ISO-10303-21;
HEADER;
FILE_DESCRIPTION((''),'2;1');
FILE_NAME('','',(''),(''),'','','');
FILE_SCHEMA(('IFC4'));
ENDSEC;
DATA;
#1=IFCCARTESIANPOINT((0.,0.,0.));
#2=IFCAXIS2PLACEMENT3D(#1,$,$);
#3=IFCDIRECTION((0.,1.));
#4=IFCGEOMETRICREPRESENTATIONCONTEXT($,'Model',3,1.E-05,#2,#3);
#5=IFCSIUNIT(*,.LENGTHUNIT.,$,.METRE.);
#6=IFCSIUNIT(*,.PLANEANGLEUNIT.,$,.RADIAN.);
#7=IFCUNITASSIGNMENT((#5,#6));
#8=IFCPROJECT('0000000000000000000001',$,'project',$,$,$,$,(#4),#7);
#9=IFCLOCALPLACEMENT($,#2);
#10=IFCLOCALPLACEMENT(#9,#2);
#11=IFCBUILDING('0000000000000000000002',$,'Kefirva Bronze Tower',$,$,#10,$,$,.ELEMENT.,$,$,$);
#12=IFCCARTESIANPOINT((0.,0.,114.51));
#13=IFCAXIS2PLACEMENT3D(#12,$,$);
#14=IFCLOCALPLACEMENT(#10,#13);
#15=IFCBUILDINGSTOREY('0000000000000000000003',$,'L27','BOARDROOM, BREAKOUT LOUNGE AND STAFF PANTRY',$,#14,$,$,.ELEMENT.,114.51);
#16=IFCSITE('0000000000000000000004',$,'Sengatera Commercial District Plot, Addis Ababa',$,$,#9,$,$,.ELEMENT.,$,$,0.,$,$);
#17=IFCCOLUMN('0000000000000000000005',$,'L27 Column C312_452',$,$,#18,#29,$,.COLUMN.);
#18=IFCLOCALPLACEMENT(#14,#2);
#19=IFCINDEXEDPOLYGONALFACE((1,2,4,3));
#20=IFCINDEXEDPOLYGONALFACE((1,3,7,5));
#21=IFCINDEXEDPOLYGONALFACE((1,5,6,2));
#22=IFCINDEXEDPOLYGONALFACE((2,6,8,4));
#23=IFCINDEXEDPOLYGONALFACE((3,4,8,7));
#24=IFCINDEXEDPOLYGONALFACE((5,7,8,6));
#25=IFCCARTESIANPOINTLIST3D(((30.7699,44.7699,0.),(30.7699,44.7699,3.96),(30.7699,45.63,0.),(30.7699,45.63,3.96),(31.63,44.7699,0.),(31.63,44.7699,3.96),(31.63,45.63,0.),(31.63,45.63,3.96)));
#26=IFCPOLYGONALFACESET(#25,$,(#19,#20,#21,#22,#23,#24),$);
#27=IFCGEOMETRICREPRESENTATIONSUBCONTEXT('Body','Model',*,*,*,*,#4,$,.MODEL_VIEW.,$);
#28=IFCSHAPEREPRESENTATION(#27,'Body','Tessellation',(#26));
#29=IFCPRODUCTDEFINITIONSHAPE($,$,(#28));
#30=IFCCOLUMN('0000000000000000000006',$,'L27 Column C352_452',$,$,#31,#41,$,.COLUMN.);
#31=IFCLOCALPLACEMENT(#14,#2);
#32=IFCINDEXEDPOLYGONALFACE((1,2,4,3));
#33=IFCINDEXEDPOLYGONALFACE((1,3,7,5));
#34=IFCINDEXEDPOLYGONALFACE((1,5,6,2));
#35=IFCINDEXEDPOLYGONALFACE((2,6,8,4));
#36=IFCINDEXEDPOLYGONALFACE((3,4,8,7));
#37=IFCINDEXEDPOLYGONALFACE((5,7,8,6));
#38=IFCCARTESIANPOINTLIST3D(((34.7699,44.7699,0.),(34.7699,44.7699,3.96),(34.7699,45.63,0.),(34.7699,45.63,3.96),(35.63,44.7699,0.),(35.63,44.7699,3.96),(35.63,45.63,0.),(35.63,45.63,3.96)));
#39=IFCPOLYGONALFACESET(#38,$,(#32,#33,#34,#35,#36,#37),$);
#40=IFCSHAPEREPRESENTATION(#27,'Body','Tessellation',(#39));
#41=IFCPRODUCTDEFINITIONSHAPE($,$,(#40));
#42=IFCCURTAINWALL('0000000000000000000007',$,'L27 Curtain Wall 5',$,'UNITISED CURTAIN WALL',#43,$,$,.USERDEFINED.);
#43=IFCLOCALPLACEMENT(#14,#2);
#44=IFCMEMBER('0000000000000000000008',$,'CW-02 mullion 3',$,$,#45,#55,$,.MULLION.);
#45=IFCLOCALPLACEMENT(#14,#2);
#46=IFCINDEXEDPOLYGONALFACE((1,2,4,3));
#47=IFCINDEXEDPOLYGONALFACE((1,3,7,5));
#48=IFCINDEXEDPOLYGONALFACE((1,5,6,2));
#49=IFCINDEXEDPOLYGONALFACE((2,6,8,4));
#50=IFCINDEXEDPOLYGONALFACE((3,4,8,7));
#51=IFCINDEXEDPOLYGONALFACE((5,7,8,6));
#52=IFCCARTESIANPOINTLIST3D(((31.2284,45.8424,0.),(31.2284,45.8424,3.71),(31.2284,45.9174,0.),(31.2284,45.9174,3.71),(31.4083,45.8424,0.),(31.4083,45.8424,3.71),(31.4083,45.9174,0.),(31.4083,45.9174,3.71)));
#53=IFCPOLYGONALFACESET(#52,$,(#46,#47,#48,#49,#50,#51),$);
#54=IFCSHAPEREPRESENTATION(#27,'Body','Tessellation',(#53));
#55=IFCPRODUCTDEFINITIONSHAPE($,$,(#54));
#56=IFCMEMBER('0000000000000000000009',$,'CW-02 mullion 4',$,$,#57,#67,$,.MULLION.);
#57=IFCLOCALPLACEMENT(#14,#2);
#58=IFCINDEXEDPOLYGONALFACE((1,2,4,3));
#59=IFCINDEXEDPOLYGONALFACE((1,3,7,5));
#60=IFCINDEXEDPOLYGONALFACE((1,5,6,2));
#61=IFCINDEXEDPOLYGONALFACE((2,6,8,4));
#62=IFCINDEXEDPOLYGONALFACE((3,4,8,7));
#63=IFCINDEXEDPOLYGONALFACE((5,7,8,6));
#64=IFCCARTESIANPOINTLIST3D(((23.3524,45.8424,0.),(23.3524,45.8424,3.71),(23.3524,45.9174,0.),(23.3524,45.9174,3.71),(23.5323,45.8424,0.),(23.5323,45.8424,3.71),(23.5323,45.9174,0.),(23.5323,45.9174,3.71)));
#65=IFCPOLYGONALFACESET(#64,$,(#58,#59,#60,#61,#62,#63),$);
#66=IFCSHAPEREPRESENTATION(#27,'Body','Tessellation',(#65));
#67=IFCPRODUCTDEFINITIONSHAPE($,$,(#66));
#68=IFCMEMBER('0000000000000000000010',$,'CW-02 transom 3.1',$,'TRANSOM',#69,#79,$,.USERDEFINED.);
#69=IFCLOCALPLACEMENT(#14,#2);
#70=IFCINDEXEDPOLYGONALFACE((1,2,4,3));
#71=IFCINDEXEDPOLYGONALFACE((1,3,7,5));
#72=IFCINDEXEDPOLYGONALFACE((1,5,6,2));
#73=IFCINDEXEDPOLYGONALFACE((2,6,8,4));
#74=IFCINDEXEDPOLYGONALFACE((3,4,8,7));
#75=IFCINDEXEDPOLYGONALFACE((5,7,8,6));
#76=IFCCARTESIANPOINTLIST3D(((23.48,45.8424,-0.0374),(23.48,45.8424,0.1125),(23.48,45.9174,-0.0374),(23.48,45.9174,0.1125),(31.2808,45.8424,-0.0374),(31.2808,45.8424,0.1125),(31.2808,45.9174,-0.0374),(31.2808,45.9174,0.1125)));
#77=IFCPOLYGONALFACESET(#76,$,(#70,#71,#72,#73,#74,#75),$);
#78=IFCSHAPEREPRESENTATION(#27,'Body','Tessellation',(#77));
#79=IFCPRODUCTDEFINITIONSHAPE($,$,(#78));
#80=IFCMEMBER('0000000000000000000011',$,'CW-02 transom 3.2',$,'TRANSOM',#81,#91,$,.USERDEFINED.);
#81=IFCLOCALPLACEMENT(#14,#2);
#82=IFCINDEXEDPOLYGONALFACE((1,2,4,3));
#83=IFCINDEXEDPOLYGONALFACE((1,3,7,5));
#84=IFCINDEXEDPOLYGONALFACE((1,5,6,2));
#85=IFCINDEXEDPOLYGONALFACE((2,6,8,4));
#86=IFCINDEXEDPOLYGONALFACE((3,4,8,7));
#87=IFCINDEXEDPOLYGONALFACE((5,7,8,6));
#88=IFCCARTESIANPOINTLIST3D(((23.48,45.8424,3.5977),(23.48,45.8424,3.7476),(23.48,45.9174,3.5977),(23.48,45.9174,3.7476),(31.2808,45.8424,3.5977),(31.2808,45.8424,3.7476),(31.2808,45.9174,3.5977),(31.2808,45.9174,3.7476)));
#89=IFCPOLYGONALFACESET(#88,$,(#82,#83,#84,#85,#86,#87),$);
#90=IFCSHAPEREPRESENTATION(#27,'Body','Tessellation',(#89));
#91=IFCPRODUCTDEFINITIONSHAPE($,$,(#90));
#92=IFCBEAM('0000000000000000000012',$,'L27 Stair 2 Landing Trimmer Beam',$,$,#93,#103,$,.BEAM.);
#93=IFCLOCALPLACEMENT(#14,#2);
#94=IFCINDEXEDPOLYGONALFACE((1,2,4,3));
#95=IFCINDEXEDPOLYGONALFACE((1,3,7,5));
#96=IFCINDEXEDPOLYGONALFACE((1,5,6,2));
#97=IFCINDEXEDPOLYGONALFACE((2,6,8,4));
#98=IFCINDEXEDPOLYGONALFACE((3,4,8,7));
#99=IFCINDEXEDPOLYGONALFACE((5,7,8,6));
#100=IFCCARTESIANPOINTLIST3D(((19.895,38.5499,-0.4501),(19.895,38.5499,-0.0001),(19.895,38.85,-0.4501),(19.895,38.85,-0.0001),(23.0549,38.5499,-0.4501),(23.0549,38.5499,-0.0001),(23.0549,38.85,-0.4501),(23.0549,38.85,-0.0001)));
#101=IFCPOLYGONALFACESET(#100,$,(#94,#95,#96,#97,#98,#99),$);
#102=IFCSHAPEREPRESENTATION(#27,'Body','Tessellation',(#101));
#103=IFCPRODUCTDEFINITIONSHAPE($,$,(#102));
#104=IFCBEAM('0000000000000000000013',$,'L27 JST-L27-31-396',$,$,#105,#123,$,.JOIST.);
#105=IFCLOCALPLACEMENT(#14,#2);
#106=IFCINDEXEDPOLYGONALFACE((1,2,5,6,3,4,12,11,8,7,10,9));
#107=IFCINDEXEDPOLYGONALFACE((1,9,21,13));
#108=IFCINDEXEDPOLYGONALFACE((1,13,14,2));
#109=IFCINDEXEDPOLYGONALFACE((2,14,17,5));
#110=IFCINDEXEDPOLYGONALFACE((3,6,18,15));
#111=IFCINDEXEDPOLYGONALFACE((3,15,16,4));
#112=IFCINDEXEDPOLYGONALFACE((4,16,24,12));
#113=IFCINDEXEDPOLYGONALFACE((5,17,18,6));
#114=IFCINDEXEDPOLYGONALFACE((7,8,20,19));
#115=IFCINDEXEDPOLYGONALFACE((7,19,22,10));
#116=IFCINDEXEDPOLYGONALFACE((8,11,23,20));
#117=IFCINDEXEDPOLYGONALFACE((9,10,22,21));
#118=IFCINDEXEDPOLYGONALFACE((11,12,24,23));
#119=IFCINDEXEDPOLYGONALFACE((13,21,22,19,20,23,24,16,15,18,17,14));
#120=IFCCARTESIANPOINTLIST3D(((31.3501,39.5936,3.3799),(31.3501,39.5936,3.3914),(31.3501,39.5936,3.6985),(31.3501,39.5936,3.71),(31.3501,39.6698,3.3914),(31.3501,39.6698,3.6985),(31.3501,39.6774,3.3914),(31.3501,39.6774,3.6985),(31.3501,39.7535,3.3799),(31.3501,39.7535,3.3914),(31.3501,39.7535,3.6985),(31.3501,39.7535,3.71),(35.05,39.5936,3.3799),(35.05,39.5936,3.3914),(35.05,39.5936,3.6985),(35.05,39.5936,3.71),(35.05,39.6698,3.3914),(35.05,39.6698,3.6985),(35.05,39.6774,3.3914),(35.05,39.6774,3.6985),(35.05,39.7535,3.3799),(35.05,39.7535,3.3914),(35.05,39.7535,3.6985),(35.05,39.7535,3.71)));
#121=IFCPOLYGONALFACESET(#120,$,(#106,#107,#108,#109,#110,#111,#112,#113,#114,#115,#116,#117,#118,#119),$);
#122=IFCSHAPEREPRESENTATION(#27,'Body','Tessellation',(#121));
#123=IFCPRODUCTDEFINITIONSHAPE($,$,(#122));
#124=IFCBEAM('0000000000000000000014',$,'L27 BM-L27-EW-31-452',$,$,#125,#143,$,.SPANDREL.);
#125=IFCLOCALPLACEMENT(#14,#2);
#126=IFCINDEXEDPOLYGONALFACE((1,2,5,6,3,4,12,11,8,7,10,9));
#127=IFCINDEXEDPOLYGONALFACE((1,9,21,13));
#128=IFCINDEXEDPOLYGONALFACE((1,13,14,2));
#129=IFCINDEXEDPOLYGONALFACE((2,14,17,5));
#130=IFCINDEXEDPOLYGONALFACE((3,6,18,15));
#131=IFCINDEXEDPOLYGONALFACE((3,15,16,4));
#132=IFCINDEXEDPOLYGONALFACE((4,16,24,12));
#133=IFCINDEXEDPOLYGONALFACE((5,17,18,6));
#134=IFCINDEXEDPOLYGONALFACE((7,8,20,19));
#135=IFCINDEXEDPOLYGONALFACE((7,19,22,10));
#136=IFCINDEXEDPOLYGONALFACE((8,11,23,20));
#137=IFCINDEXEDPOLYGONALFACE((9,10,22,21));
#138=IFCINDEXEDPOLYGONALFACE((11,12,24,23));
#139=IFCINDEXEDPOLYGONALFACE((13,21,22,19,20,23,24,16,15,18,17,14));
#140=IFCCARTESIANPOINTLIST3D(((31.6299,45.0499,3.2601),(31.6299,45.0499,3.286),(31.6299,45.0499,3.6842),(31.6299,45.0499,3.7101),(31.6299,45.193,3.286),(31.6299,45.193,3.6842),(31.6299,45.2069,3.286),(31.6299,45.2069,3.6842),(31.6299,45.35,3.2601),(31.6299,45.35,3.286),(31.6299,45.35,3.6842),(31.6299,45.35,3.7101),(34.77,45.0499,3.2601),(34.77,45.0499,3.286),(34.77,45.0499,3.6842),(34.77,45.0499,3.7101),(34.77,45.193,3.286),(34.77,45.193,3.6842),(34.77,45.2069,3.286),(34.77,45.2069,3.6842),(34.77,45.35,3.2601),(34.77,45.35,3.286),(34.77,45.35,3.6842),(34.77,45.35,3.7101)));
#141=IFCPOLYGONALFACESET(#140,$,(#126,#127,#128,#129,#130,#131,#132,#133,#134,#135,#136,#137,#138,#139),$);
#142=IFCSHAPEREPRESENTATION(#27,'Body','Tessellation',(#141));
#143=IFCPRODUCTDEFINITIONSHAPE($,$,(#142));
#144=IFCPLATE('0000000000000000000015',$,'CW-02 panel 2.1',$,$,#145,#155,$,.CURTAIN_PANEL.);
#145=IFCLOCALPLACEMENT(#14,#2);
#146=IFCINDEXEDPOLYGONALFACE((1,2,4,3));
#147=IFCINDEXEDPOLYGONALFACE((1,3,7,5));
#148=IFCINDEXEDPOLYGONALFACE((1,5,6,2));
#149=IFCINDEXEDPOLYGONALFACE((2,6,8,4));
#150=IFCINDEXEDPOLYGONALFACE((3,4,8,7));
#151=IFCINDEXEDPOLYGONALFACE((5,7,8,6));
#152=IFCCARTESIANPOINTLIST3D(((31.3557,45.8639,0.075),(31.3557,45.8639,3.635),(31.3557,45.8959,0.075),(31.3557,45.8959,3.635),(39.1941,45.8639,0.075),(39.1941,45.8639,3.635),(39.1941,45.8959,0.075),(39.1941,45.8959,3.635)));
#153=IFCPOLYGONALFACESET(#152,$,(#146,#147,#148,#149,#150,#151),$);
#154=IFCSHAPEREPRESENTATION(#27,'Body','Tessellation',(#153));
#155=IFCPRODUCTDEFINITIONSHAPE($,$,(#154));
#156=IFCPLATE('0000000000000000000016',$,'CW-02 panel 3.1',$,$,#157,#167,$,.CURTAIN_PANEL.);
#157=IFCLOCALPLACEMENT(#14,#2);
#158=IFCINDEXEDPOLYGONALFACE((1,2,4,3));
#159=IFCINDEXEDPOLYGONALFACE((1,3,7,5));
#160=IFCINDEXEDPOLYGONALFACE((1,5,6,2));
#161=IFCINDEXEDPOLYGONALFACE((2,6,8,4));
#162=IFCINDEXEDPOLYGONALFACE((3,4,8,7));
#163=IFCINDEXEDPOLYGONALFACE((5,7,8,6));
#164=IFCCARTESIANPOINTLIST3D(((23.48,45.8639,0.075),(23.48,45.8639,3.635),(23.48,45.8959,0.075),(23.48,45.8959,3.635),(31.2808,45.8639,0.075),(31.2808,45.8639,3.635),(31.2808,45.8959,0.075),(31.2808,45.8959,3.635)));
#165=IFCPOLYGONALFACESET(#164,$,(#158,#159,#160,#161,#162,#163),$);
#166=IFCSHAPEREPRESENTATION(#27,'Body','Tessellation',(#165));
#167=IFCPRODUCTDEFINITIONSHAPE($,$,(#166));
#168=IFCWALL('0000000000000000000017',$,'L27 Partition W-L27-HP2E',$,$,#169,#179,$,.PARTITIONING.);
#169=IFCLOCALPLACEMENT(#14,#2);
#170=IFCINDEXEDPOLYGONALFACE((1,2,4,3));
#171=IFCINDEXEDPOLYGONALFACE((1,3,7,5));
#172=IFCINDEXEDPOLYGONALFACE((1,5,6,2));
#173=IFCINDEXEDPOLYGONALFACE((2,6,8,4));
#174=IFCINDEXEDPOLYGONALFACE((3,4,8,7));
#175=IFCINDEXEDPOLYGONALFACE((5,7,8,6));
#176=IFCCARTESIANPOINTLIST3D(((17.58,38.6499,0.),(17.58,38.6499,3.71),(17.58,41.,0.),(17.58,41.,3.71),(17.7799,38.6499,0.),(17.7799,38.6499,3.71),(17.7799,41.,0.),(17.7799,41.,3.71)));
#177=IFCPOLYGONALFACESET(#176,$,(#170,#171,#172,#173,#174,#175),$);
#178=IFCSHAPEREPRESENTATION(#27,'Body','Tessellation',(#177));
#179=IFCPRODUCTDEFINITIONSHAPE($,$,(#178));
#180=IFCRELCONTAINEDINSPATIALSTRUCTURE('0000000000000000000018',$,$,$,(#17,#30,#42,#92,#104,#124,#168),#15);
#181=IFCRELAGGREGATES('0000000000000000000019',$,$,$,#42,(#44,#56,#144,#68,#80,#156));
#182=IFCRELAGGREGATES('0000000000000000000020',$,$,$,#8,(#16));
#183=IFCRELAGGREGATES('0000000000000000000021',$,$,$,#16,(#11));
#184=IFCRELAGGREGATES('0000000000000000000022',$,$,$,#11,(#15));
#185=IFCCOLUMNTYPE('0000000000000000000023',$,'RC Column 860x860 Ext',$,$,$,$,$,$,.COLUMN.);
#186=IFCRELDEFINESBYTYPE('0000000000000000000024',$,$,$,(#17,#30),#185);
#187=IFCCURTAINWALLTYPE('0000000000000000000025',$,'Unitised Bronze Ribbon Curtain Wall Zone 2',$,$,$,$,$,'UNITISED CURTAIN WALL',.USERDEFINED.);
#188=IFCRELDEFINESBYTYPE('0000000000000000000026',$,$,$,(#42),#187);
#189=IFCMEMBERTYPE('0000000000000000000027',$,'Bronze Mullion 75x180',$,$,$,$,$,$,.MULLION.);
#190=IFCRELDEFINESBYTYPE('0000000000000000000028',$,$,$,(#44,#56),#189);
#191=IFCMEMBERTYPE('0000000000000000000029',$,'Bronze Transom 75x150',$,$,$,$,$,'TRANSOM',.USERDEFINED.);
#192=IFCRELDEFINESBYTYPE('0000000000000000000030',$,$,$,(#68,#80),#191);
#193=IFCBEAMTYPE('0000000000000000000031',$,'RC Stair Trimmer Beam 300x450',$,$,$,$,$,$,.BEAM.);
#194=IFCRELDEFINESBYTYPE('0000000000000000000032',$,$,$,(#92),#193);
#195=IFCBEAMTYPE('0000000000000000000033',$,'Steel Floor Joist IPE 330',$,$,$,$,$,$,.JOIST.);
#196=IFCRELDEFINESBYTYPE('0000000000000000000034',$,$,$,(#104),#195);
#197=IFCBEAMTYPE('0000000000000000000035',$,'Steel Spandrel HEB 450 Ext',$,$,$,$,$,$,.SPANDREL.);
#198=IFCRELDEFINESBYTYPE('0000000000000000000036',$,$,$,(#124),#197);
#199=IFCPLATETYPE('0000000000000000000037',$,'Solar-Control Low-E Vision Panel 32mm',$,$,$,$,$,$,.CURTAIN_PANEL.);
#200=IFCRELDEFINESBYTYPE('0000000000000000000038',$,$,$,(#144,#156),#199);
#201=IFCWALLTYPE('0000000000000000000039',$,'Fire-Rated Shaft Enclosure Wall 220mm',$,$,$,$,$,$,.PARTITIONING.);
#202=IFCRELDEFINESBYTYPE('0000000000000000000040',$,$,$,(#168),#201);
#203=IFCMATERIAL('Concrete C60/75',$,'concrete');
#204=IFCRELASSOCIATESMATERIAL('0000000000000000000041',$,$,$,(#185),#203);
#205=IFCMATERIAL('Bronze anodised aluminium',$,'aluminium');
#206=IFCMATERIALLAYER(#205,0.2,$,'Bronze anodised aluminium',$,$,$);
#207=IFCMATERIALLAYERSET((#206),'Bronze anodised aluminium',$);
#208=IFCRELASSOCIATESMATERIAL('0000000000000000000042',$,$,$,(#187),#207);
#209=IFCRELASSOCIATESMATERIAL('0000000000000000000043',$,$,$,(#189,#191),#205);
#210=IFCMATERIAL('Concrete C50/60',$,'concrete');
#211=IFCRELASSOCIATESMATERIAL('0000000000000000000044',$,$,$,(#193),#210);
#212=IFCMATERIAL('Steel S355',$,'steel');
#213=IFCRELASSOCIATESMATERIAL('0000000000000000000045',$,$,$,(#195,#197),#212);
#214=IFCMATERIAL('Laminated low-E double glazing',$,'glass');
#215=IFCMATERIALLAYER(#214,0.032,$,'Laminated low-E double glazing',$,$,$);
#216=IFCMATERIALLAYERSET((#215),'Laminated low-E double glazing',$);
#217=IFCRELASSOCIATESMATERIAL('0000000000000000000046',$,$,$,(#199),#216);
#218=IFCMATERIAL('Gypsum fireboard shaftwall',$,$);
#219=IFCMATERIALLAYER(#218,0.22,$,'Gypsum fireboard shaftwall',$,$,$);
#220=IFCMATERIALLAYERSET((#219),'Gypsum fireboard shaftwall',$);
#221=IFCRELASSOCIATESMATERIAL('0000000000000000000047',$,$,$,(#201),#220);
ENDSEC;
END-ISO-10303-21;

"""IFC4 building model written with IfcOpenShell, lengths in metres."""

from ifc_helpers import new_model, si_unit, direction, frame, frame_2d, origin, origin_2d, place, context, subcontext, project, spatial, rectangle, i_section, extrude, material, layer, layer_set, material_profile, profile_set, type_object, element, aggregate, save


model = new_model("IFC4")

# Units and contexts
model_context = context("Model", 3, precision=1e-05, world=origin(), true_north=direction((0.0, 1.0)))
body_context = subcontext(model_context, "Body", "Model", "MODEL_VIEW")
ifc_project = project(units=[si_unit("LENGTHUNIT", "METRE"), si_unit("PLANEANGLEUNIT", "RADIAN")], contexts=[model_context])

# Site, building, storey
site_placement = place(None, origin())
site = spatial("IfcSite", under=ifc_project, at=site_placement, Name="Sengatera Commercial District Plot, Addis Ababa", CompositionType="ELEMENT", RefElevation=0.0)
building_placement = place(site_placement, origin())
building = spatial("IfcBuilding", under=site, at=building_placement, Name="Kefirva Bronze Tower", CompositionType="ELEMENT")
storey_placement = place(building_placement, frame((0.0, 0.0, 114.51)))
storey = spatial("IfcBuildingStorey", under=building, at=storey_placement, Name="L27", Description="BOARDROOM, BREAKOUT LOUNGE AND STAFF PANTRY", CompositionType="ELEMENT", Elevation=114.51)

# Columns
ifc_material_1 = material(Name="Concrete C60/75", Category="concrete")
ifc_material_profile_1 = material_profile(ifc_material_1, rectangle(XDim=0.8601, YDim=0.8601, at=origin_2d()), Name="RC 860x860")
ifc_profile_set_1 = profile_set([ifc_material_profile_1], Name="Concrete C60/75")
column_type = type_object("IfcColumnType", Name="RC Column 860x860 Ext", PredefinedType="COLUMN", material=ifc_profile_set_1)
for number, where, z_axis, x_axis, name in (
    (1, (31.2, 45.2, 0.0), (0.0, 0.0, 1.0), (1.0, 0.0, 0.0), "L27 Column C312_452"),
    (2, (35.2, 45.2, 0.0), (0.0, 0.0, 1.0), (1.0, 0.0, 0.0), "L27 Column C352_452"),
):
    element("IfcColumn", number, at=place(storey_placement, frame(where, z_axis=z_axis, x_axis=x_axis)), inside=storey, type_object=column_type, Name=name, PredefinedType="COLUMN", context=body_context, shape_type="SweptSolid", body=[
        extrude(rectangle(XDim=0.8601, YDim=0.8601, at=origin_2d()), origin(), (0.0, 0.0, 1.0), 3.96),
    ])

# Curtain wall, members
ifc_material_2 = material(Name="Bronze anodised aluminium", Category="aluminium")
ifc_layer_1 = layer(ifc_material_2, 0.2, Name="Bronze anodised aluminium")
ifc_layer_set_1 = layer_set([ifc_layer_1], Name="Bronze anodised aluminium")
curtain_wall_type = type_object("IfcCurtainWallType", Name="Unitised Bronze Ribbon Curtain Wall Zone 2", ElementType="UNITISED CURTAIN WALL", PredefinedType="USERDEFINED", material=ifc_layer_set_1)
curtain_wall_placement = place(storey_placement, origin())
curtain_wall = element("IfcCurtainWall", 3, at=curtain_wall_placement, inside=storey, type_object=curtain_wall_type, Name="L27 Curtain Wall 5", ObjectType="UNITISED CURTAIN WALL", PredefinedType="USERDEFINED")
ifc_material_profile_2 = material_profile(ifc_material_2, rectangle(XDim=0.075, YDim=0.1799, at=origin_2d()), Name="ALU 75x180")
ifc_profile_set_2 = profile_set([ifc_material_profile_2], Name="Bronze anodised aluminium")
member_type_1 = type_object("IfcMemberType", Name="Bronze Mullion 75x180", PredefinedType="MULLION", material=ifc_profile_set_2)
member_1_placement = place(storey_placement, frame((31.3184, 45.8799, 0.0), z_axis=(0.0, 0.0, 1.0), x_axis=(0.0, -1.0, 0.0)))
member_1 = element("IfcMember", 4, at=member_1_placement, type_object=member_type_1, Name="CW-02 mullion 3", PredefinedType="MULLION", context=body_context, shape_type="SweptSolid", body=[
    extrude(rectangle(XDim=0.075, YDim=0.1799, at=origin_2d()), origin(), (0.0, 0.0, 1.0), 3.71),
])
member_2_placement = place(storey_placement, frame((23.4424, 45.8799, 0.0), z_axis=(0.0, 0.0, 1.0), x_axis=(0.0, -1.0, 0.0)))
member_2 = element("IfcMember", 5, at=member_2_placement, type_object=member_type_1, Name="CW-02 mullion 4", PredefinedType="MULLION", context=body_context, shape_type="SweptSolid", body=[
    extrude(rectangle(XDim=0.075, YDim=0.1799, at=origin_2d()), origin(), (0.0, 0.0, 1.0), 3.71),
])
ifc_material_profile_3 = material_profile(ifc_material_2, rectangle(XDim=0.075, YDim=0.1499, at=origin_2d()), Name="ALU 75x150")
ifc_profile_set_3 = profile_set([ifc_material_profile_3], Name="Bronze anodised aluminium")
member_type_2 = type_object("IfcMemberType", Name="Bronze Transom 75x150", ElementType="TRANSOM", PredefinedType="USERDEFINED", material=ifc_profile_set_3)
member_3_placement = place(storey_placement, frame((31.2808, 45.8799, 0.0376), z_axis=(-1.0, 0.0, 0.0), x_axis=(0.0, -1.0, 0.0)))
member_3 = element("IfcMember", 6, at=member_3_placement, type_object=member_type_2, Name="CW-02 transom 3.1", ObjectType="TRANSOM", PredefinedType="USERDEFINED", context=body_context, shape_type="SweptSolid", body=[
    extrude(rectangle(XDim=0.075, YDim=0.1499, at=origin_2d()), origin(), (0.0, 0.0, 1.0), 7.8008),
])
member_4_placement = place(storey_placement, frame((31.2808, 45.8799, 3.6726), z_axis=(-1.0, 0.0, 0.0), x_axis=(0.0, -1.0, 0.0)))
member_4 = element("IfcMember", 7, at=member_4_placement, type_object=member_type_2, Name="CW-02 transom 3.2", ObjectType="TRANSOM", PredefinedType="USERDEFINED", context=body_context, shape_type="SweptSolid", body=[
    extrude(rectangle(XDim=0.075, YDim=0.1499, at=origin_2d()), origin(), (0.0, 0.0, 1.0), 7.8008),
])

# Beams
ifc_material_3 = material(Name="Concrete C50/60", Category="concrete")
ifc_material_profile_4 = material_profile(ifc_material_3, rectangle(XDim=0.3, YDim=0.45, at=origin_2d()), Name="RC 300x450")
ifc_profile_set_4 = profile_set([ifc_material_profile_4], Name="Concrete C50/60")
beam_type_1 = type_object("IfcBeamType", Name="RC Stair Trimmer Beam 300x450", PredefinedType="BEAM", material=ifc_profile_set_4)
beam_1_placement = place(storey_placement, frame((19.895, 38.7, -0.2251), z_axis=(1.0, 0.0, 0.0), x_axis=(0.0, 1.0, 0.0)))
element("IfcBeam", 8, at=beam_1_placement, inside=storey, type_object=beam_type_1, Name="L27 Stair 2 Landing Trimmer Beam", PredefinedType="BEAM", context=body_context, shape_type="SweptSolid", body=[
    extrude(rectangle(XDim=0.3, YDim=0.45, at=origin_2d()), origin(), (0.0, 0.0, 1.0), 3.1599),
])
ifc_material_4 = material(Name="Steel S355", Category="steel")
ifc_material_profile_5 = material_profile(ifc_material_4, i_section(OverallWidth=0.1599, OverallDepth=0.3301, WebThickness=0.0076, FlangeThickness=0.0115, at=origin_2d()), Name="IPE 330")
ifc_profile_set_5 = profile_set([ifc_material_profile_5], Name="Steel S355")
beam_type_2 = type_object("IfcBeamType", Name="Steel Floor Joist IPE 330", PredefinedType="JOIST", material=ifc_profile_set_5)
beam_2_placement = place(storey_placement, frame((31.3501, 39.6736, 3.5449), z_axis=(1.0, 0.0, 0.0), x_axis=(0.0, 1.0, 0.0)))
element("IfcBeam", 9, at=beam_2_placement, inside=storey, type_object=beam_type_2, Name="L27 JST-L27-31-396", PredefinedType="JOIST", context=body_context, shape_type="SweptSolid", body=[
    extrude(i_section(OverallWidth=0.1599, OverallDepth=0.3301, WebThickness=0.0076, FlangeThickness=0.0115, at=origin_2d()), origin(), (0.0, 0.0, 1.0), 3.7),
])
ifc_material_profile_6 = material_profile(ifc_material_4, i_section(OverallWidth=0.3, OverallDepth=0.45, WebThickness=0.0139, FlangeThickness=0.0259, at=origin_2d()), Name="HEB 450")
ifc_profile_set_6 = profile_set([ifc_material_profile_6], Name="Steel S355")
beam_type_3 = type_object("IfcBeamType", Name="Steel Spandrel HEB 450 Ext", PredefinedType="SPANDREL", material=ifc_profile_set_6)
beam_3_placement = place(storey_placement, frame((31.6299, 45.2, 3.4851), z_axis=(1.0, 0.0, 0.0), x_axis=(0.0, 1.0, 0.0)))
element("IfcBeam", 10, at=beam_3_placement, inside=storey, type_object=beam_type_3, Name="L27 BM-L27-EW-31-452", PredefinedType="SPANDREL", context=body_context, shape_type="SweptSolid", body=[
    extrude(i_section(OverallWidth=0.3, OverallDepth=0.45, WebThickness=0.0139, FlangeThickness=0.0259, at=origin_2d()), origin(), (0.0, 0.0, 1.0), 3.1401),
])

# Plates
ifc_material_5 = material(Name="Laminated low-E double glazing", Category="glass")
ifc_layer_2 = layer(ifc_material_5, 0.032, Name="Laminated low-E double glazing")
ifc_layer_set_2 = layer_set([ifc_layer_2], Name="Laminated low-E double glazing")
plate_type = type_object("IfcPlateType", Name="Solar-Control Low-E Vision Panel 32mm", PredefinedType="CURTAIN_PANEL", material=ifc_layer_set_2)
plate_1_placement = place(storey_placement, frame((35.2749, 45.8799, 0.075), z_axis=(0.0, 0.0, 1.0), x_axis=(-1.0, 0.0, 0.0)))
plate_1 = element("IfcPlate", 11, at=plate_1_placement, type_object=plate_type, Name="CW-02 panel 2.1", PredefinedType="CURTAIN_PANEL", context=body_context, shape_type="SweptSolid", body=[
    extrude(rectangle(XDim=7.8384, YDim=0.032, at=origin_2d()), origin(), (0.0, 0.0, 1.0), 3.5601),
])
plate_2_placement = place(storey_placement, frame((27.3804, 45.8799, 0.075), z_axis=(0.0, 0.0, 1.0), x_axis=(-1.0, 0.0, 0.0)))
plate_2 = element("IfcPlate", 12, at=plate_2_placement, type_object=plate_type, Name="CW-02 panel 3.1", PredefinedType="CURTAIN_PANEL", context=body_context, shape_type="SweptSolid", body=[
    extrude(rectangle(XDim=7.8008, YDim=0.032, at=origin_2d()), origin(), (0.0, 0.0, 1.0), 3.5601),
])
aggregate(curtain_wall, [member_1, member_2, plate_1, member_3, member_4, plate_2])

# Wall
ifc_material_6 = material(Name="Gypsum fireboard shaftwall")
ifc_layer_3 = layer(ifc_material_6, 0.22, Name="Gypsum fireboard shaftwall")
ifc_layer_set_3 = layer_set([ifc_layer_3], Name="Gypsum fireboard shaftwall")
wall_type_1 = type_object("IfcWallType", Name="Fire-Rated Shaft Enclosure Wall 220mm", PredefinedType="PARTITIONING", material=ifc_layer_set_3)
wall_1_placement = place(storey_placement, frame((17.6799, 38.6499, 0.0), z_axis=(0.0, 0.0, 1.0), x_axis=(0.0, 1.0, 0.0)))
element("IfcWall", 13, at=wall_1_placement, inside=storey, type_object=wall_type_1, Name="L27 Partition W-L27-HP2E", PredefinedType="PARTITIONING", context=body_context, shape_type="SweptSolid", body=[
    extrude(rectangle(XDim=2.3501, YDim=0.2, at=frame_2d((1.175, 0.0))), origin(), (0.0, 0.0, 1.0), 3.71),
])

save(model, "model.ifc")
